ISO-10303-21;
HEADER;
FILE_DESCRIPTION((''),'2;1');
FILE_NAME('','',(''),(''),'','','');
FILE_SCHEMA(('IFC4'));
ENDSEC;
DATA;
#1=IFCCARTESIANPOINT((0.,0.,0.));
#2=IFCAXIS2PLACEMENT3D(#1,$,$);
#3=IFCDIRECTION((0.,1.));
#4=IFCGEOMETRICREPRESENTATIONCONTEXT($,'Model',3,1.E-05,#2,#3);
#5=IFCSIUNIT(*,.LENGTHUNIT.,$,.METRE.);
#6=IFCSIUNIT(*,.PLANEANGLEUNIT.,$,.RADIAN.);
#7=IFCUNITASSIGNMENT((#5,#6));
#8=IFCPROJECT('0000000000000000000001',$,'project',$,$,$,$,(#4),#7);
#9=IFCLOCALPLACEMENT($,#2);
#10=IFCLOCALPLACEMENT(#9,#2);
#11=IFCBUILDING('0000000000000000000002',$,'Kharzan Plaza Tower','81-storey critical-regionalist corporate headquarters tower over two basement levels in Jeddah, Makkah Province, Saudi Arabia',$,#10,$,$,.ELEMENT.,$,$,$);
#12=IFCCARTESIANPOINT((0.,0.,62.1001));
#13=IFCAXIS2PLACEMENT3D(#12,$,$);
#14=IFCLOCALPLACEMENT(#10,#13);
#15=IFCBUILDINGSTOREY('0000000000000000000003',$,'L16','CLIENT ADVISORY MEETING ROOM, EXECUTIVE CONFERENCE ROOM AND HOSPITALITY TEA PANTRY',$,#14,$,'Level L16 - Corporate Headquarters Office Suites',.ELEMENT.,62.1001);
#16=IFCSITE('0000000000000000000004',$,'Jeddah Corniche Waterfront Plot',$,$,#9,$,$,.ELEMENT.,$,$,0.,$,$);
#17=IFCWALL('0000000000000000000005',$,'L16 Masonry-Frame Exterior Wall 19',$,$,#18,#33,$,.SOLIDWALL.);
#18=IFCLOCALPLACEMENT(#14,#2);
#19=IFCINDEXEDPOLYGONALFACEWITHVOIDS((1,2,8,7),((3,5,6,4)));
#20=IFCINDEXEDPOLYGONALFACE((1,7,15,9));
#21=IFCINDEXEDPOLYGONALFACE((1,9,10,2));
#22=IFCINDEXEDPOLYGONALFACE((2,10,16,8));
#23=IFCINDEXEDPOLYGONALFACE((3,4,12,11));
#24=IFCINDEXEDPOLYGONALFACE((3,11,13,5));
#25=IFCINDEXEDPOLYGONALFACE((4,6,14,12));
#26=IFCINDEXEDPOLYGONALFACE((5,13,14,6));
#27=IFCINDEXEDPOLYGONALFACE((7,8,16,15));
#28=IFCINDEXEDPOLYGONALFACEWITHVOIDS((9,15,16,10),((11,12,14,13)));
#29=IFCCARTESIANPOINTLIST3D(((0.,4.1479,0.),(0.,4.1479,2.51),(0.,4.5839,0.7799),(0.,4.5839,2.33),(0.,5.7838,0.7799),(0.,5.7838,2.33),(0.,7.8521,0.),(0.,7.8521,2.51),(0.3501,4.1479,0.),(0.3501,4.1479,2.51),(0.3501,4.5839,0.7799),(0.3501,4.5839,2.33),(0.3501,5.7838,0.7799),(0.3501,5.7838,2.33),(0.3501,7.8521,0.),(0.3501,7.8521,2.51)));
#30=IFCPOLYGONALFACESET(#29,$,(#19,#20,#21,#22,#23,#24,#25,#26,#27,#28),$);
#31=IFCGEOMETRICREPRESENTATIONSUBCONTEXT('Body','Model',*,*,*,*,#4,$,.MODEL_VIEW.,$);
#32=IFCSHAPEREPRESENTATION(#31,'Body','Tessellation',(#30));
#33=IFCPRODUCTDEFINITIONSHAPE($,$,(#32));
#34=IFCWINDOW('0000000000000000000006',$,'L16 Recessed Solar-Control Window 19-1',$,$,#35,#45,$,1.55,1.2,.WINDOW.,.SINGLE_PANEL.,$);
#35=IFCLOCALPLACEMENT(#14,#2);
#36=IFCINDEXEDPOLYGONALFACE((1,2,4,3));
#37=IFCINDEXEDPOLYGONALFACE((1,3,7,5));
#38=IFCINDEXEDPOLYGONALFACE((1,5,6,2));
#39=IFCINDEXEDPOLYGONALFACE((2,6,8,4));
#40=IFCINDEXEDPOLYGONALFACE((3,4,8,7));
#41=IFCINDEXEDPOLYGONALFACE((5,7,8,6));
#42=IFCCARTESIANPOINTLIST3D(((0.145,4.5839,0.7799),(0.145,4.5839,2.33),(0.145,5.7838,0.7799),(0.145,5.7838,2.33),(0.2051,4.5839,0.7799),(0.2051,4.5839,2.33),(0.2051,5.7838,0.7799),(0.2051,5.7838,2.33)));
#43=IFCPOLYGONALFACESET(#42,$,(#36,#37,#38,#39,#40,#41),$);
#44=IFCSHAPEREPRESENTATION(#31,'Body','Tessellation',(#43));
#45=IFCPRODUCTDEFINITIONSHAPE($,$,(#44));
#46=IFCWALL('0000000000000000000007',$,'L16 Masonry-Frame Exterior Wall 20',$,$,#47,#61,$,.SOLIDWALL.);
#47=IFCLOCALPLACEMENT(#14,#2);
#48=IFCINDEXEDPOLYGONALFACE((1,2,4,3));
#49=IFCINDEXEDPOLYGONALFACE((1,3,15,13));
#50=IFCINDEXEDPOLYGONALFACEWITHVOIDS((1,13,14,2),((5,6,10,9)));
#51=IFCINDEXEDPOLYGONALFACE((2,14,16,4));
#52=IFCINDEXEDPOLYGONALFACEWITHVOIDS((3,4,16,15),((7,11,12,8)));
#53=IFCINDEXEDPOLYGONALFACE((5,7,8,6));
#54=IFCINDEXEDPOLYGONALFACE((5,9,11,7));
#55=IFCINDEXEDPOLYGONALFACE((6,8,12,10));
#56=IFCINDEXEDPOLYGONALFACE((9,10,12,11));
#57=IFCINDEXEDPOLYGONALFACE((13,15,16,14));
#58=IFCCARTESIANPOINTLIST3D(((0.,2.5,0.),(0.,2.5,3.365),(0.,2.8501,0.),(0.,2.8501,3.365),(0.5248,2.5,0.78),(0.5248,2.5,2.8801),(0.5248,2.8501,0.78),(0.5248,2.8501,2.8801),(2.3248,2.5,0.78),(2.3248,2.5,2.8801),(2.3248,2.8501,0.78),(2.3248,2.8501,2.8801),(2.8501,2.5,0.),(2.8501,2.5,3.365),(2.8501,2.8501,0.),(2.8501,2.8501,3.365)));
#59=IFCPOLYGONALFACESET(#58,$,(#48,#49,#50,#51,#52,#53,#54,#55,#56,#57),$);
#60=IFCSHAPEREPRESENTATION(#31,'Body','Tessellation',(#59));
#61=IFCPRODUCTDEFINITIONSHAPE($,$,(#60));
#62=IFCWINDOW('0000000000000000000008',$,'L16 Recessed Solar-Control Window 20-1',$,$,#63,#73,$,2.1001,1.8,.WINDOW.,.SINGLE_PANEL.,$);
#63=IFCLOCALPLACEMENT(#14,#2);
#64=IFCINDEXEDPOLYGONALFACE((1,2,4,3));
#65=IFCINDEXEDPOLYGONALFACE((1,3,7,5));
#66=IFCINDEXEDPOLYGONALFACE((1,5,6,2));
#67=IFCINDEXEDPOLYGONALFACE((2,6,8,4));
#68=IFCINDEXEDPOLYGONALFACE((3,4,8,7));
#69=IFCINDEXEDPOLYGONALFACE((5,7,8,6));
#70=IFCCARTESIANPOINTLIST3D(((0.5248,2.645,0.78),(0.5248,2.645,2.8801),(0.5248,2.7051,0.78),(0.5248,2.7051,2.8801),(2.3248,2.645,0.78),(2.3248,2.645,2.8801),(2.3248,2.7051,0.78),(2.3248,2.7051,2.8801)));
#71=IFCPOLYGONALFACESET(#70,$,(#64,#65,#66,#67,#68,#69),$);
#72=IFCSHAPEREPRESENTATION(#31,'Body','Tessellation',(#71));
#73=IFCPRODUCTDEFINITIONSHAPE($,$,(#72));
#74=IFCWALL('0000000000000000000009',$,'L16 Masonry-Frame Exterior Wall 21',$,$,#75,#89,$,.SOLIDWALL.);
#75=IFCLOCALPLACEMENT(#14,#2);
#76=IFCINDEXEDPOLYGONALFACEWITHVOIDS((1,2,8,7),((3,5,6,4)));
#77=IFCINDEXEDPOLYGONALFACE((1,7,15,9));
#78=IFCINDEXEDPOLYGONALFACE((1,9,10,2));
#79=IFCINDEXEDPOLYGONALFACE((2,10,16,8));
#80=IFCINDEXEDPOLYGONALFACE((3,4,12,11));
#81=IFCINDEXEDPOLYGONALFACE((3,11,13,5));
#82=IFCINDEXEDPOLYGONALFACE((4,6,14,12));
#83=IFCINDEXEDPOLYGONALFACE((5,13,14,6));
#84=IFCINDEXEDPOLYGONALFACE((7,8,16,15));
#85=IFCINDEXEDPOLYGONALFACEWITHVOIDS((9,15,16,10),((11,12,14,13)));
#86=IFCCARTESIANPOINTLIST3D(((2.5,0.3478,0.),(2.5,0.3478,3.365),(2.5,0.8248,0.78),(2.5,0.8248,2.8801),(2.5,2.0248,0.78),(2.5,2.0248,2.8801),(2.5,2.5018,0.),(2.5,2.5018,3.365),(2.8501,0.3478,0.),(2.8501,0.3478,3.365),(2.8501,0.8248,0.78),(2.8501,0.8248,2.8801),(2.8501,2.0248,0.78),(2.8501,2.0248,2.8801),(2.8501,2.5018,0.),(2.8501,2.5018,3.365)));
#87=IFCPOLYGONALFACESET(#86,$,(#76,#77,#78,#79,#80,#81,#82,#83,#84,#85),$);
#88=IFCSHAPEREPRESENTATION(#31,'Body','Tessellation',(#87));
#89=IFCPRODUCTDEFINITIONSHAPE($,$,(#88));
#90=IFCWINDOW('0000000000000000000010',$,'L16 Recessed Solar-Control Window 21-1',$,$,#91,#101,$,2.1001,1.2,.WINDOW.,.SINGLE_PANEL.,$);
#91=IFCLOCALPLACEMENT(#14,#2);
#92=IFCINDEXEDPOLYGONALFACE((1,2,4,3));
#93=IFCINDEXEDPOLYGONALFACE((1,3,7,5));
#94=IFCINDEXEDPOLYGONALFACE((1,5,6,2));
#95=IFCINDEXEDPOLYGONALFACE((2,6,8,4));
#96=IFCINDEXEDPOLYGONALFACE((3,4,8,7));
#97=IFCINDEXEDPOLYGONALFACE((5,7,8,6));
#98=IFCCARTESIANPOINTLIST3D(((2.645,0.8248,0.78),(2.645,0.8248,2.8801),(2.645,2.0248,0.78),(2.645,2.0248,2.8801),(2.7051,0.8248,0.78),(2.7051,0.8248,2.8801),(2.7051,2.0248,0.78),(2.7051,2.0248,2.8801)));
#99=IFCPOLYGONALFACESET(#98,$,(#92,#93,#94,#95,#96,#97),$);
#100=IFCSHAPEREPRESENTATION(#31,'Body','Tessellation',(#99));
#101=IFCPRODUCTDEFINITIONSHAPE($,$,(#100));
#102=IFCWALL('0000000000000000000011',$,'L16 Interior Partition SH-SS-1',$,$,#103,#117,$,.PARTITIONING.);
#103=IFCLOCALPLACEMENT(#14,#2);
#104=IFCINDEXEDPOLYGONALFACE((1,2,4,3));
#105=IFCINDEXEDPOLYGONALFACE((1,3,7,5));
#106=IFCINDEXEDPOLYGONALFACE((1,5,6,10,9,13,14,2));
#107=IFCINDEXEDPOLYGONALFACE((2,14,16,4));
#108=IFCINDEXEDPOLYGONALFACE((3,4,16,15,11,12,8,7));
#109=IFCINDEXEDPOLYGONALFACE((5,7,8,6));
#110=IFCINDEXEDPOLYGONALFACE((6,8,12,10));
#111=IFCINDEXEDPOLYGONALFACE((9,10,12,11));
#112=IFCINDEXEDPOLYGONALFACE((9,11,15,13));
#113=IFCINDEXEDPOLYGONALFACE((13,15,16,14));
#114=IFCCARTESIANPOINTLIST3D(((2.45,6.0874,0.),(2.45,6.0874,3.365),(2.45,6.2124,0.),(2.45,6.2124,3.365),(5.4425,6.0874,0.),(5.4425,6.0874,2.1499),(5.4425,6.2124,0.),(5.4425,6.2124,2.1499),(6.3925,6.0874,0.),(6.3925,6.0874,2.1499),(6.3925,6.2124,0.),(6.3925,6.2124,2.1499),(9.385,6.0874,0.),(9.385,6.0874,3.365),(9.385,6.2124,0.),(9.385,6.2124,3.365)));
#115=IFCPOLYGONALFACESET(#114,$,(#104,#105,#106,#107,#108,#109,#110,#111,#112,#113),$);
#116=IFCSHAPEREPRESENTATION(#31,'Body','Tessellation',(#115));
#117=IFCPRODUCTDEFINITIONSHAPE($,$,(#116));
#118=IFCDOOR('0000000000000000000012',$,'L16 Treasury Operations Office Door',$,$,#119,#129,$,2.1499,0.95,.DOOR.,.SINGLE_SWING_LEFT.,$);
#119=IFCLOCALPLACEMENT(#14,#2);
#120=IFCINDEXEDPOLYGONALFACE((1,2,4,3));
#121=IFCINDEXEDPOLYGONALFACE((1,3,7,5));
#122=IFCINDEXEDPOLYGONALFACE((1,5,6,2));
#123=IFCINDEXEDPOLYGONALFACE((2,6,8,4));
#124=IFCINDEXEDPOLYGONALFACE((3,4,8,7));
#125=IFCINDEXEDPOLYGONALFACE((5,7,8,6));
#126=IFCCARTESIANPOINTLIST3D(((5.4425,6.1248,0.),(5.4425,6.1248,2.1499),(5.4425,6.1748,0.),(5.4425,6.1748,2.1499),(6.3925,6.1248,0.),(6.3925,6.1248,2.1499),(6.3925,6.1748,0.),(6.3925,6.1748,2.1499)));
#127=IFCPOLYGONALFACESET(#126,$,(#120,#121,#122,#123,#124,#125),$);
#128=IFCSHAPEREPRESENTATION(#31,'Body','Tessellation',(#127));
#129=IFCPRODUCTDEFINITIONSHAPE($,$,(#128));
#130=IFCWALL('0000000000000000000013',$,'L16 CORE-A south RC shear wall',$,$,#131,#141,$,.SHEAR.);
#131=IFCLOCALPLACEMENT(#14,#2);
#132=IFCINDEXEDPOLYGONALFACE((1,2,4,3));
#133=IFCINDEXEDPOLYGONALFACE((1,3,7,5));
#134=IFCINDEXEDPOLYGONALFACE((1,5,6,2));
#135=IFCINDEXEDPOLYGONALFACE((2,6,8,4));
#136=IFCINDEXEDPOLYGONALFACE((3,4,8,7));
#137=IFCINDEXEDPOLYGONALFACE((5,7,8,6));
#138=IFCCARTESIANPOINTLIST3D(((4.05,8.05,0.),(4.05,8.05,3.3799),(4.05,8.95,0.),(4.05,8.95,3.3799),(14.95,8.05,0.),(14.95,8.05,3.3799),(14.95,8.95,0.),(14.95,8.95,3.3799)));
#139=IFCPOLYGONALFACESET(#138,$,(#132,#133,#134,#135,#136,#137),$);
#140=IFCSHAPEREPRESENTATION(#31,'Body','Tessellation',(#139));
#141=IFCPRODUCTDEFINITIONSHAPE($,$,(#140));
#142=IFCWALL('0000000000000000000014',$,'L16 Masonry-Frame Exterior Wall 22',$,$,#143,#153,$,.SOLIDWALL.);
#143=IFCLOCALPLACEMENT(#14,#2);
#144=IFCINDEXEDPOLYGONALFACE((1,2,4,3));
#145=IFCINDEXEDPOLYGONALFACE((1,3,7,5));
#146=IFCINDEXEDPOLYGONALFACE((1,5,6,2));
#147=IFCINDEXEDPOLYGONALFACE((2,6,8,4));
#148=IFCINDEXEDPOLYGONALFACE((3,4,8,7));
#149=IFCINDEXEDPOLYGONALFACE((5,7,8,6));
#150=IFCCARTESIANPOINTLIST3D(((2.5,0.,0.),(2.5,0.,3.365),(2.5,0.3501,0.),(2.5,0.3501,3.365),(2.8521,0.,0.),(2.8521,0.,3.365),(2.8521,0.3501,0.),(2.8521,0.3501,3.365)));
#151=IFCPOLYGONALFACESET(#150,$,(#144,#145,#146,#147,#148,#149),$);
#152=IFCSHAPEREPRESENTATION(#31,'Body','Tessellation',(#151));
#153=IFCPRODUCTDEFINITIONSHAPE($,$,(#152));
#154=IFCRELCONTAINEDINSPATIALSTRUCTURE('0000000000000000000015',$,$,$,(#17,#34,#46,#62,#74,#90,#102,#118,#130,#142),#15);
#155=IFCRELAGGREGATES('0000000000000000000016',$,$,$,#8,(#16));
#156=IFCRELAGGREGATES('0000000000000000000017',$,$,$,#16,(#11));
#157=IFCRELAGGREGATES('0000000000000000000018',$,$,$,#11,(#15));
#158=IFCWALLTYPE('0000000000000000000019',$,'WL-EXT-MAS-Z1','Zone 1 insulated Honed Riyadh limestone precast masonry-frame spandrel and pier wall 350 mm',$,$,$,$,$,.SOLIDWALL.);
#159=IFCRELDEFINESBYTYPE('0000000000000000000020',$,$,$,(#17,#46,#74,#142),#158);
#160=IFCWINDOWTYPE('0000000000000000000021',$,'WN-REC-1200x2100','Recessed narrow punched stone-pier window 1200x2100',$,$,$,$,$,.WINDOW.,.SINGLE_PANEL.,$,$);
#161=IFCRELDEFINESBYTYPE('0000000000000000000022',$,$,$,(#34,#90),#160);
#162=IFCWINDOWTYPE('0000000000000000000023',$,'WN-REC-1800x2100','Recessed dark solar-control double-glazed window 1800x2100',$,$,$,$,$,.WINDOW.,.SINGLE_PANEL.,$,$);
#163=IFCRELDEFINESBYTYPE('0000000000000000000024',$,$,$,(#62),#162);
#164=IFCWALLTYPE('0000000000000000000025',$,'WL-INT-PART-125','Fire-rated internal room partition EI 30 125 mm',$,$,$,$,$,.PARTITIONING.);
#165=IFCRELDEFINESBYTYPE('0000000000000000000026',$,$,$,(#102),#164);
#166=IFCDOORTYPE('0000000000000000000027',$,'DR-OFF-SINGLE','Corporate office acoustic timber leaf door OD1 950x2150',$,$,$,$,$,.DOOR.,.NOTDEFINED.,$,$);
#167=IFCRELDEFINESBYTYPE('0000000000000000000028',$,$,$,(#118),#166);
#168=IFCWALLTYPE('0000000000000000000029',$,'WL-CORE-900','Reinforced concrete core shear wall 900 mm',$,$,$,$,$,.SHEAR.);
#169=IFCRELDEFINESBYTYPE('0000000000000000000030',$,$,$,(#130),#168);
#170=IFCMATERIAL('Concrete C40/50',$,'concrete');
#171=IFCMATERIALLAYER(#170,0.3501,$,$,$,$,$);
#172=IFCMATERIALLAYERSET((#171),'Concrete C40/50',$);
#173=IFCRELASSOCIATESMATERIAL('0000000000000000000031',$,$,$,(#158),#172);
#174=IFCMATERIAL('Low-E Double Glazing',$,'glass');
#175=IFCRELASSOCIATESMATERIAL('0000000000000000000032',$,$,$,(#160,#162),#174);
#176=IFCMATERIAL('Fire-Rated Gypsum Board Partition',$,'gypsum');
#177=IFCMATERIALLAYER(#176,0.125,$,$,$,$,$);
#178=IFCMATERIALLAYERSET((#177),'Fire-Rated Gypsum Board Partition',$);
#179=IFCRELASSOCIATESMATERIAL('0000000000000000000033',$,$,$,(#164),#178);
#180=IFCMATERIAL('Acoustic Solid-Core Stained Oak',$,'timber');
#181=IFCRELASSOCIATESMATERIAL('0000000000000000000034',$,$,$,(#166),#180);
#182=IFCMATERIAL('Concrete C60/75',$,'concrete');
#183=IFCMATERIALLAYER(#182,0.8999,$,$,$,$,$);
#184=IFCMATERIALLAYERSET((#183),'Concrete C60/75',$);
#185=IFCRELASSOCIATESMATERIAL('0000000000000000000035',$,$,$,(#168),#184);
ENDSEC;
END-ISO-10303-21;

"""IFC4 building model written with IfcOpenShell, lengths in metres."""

from ifc_helpers import new_model, si_unit, direction, frame, frame_2d, origin, place, context, subcontext, project, spatial, rectangle, extrude, source, transform, mapped, material, layer, layer_set, type_object, element, fill, save


model = new_model("IFC4")

# Units and contexts
model_context = context("Model", 3, precision=1e-05, world=origin(), true_north=direction((0.0, 1.0)))
body_context = subcontext(model_context, "Body", "Model", "MODEL_VIEW")
ifc_project = project(units=[si_unit("LENGTHUNIT", "METRE"), si_unit("PLANEANGLEUNIT", "RADIAN")], contexts=[model_context])

# Site, building, storey
site_placement = place(None, origin())
site = spatial("IfcSite", under=ifc_project, at=site_placement, Name="Jeddah Corniche Waterfront Plot", CompositionType="ELEMENT", RefElevation=0.0)
building_placement = place(site_placement, origin())
building = spatial("IfcBuilding", under=site, at=building_placement, Name="Kharzan Plaza Tower", Description="81-storey critical-regionalist corporate headquarters tower over two basement levels in Jeddah, Makkah Province, Saudi Arabia", CompositionType="ELEMENT")
storey_placement = place(building_placement, frame((0.0, 0.0, 62.1001)))
storey = spatial("IfcBuildingStorey", under=building, at=storey_placement, Name="L16", Description="CLIENT ADVISORY MEETING ROOM, EXECUTIVE CONFERENCE ROOM AND HOSPITALITY TEA PANTRY", LongName="Level L16 - Corporate Headquarters Office Suites", CompositionType="ELEMENT", Elevation=62.1001)

# Shared definitions
ifc_material_1 = material(Name="Concrete C60/75", Category="concrete")

# Shared definitions
ifc_material_2 = material(Name="Concrete C40/50", Category="concrete")

# Walls, openings, windows
ifc_layer_1 = layer(ifc_material_2, 0.3501)
ifc_layer_set_1 = layer_set([ifc_layer_1], Name="Concrete C40/50")
wall_type_1 = type_object("IfcWallType", Name="WL-EXT-MAS-Z1", Description="Zone 1 insulated Honed Riyadh limestone precast masonry-frame spandrel and pier wall 350 mm", PredefinedType="SOLIDWALL", material=ifc_layer_set_1)
wall_1_placement = place(storey_placement, frame((0.175, 7.8521, 0.0), z_axis=(0.0, 0.0, 1.0), x_axis=(0.0, -1.0, 0.0)))
wall_1 = element("IfcWall", 1, at=wall_1_placement, inside=storey, type_object=wall_type_1, Name="L16 Masonry-Frame Exterior Wall 19", PredefinedType="SOLIDWALL", context=body_context, shape_type="SweptSolid", body=[
    extrude(rectangle(XDim=3.7041, YDim=0.3501, at=frame_2d((1.8521, 0.0))), origin(), (0.0, 0.0, 1.0), 2.51),
])
opening_1_placement = place(wall_1_placement, frame((2.0681, 0.0, 0.78)))
opening_1 = element("IfcOpeningElement", 2, at=opening_1_placement, cuts=wall_1, PredefinedType="OPENING", context=body_context, shape_type="SweptSolid", body=[
    extrude(rectangle(XDim=1.2, YDim=1.55, at=frame_2d((0.6001, 0.7749))), frame((0.0, 0.1851, 0.0), z_axis=(0.0, -1.0, 0.0), x_axis=(1.0, 0.0, 0.0)), (0.0, 0.0, 1.0), 0.3701),
])
ifc_material_3 = material(Name="Low-E Double Glazing", Category="glass")
window_type_1 = type_object("IfcWindowType", Name="WN-REC-1200x2100", Description="Recessed narrow punched stone-pier window 1200x2100", PartitioningType="SINGLE_PANEL", PredefinedType="WINDOW", material=ifc_material_3)
shared_shape_1 = source(origin(), body_context, "Body", "SweptSolid", [
    extrude(rectangle(XDim=1.2, YDim=1.55, at=frame_2d((0.6001, 0.7749))), frame((0.0, 0.03, 0.0), z_axis=(0.0, -1.0, 0.0), x_axis=(1.0, 0.0, 0.0)), (0.0, 0.0, 1.0), 0.0601),
])
window_1_placement = place(opening_1_placement, origin())
window_1 = element("IfcWindow", 3, at=window_1_placement, inside=storey, type_object=window_type_1, Name="L16 Recessed Solar-Control Window 19-1", OverallHeight=1.55, OverallWidth=1.2, PartitioningType="SINGLE_PANEL", PredefinedType="WINDOW", context=body_context, shape_type="MappedRepresentation", body=[
    mapped(shared_shape_1, transform((0.0, 0.0, 0.0), x_axis=(1.0, 0.0, 0.0), y_axis=(0.0, 1.0, 0.0), z_axis=(0.0, 0.0, 1.0))),
])
fill(opening_1, window_1)
wall_2_placement = place(storey_placement, frame((0.0, 2.675, 0.0), z_axis=(0.0, 0.0, 1.0), x_axis=(1.0, 0.0, 0.0)))
wall_2 = element("IfcWall", 4, at=wall_2_placement, inside=storey, type_object=wall_type_1, Name="L16 Masonry-Frame Exterior Wall 20", PredefinedType="SOLIDWALL", context=body_context, shape_type="SweptSolid", body=[
    extrude(rectangle(XDim=2.8501, YDim=0.3501, at=frame_2d((1.425, 0.0))), origin(), (0.0, 0.0, 1.0), 3.365),
])
opening_2_placement = place(wall_2_placement, frame((0.5249, 0.0, 0.78)))
opening_2 = element("IfcOpeningElement", 5, at=opening_2_placement, cuts=wall_2, PredefinedType="OPENING", context=body_context, shape_type="SweptSolid", body=[
    extrude(rectangle(XDim=1.8, YDim=2.1001, at=frame_2d((0.8999, 1.05))), frame((0.0, 0.1851, 0.0), z_axis=(0.0, -1.0, 0.0), x_axis=(1.0, 0.0, 0.0)), (0.0, 0.0, 1.0), 0.3701),
])
window_type_2 = type_object("IfcWindowType", Name="WN-REC-1800x2100", Description="Recessed dark solar-control double-glazed window 1800x2100", PartitioningType="SINGLE_PANEL", PredefinedType="WINDOW", material=ifc_material_3)
shared_shape_2 = source(origin(), body_context, "Body", "SweptSolid", [
    extrude(rectangle(XDim=1.8, YDim=2.1001, at=frame_2d((0.8999, 1.05))), frame((0.0, 0.03, 0.0), z_axis=(0.0, -1.0, 0.0), x_axis=(1.0, 0.0, 0.0)), (0.0, 0.0, 1.0), 0.0601),
])
window_2_placement = place(opening_2_placement, origin())
window_2 = element("IfcWindow", 6, at=window_2_placement, inside=storey, type_object=window_type_2, Name="L16 Recessed Solar-Control Window 20-1", OverallHeight=2.1001, OverallWidth=1.8, PartitioningType="SINGLE_PANEL", PredefinedType="WINDOW", context=body_context, shape_type="MappedRepresentation", body=[
    mapped(shared_shape_2, transform((0.0, 0.0, 0.0), x_axis=(1.0, 0.0, 0.0), y_axis=(0.0, 1.0, 0.0), z_axis=(0.0, 0.0, 1.0))),
])
fill(opening_2, window_2)
wall_3_placement = place(storey_placement, frame((2.675, 2.502, 0.0), z_axis=(0.0, 0.0, 1.0), x_axis=(0.0, -1.0, 0.0)))
wall_3 = element("IfcWall", 7, at=wall_3_placement, inside=storey, type_object=wall_type_1, Name="L16 Masonry-Frame Exterior Wall 21", PredefinedType="SOLIDWALL", context=body_context, shape_type="SweptSolid", body=[
    extrude(rectangle(XDim=2.1541, YDim=0.3501, at=frame_2d((1.0771, 0.0))), origin(), (0.0, 0.0, 1.0), 3.365),
])
opening_3_placement = place(wall_3_placement, frame((0.4771, 0.0, 0.78)))
opening_3 = element("IfcOpeningElement", 8, at=opening_3_placement, cuts=wall_3, PredefinedType="OPENING", context=body_context, shape_type="SweptSolid", body=[
    extrude(rectangle(XDim=1.2, YDim=2.1001, at=frame_2d((0.6001, 1.05))), frame((0.0, 0.1851, 0.0), z_axis=(0.0, -1.0, 0.0), x_axis=(1.0, 0.0, 0.0)), (0.0, 0.0, 1.0), 0.3701),
])
shared_shape_3 = source(origin(), body_context, "Body", "SweptSolid", [
    extrude(rectangle(XDim=1.2, YDim=2.1001, at=frame_2d((0.6001, 1.05))), frame((0.0, 0.03, 0.0), z_axis=(0.0, -1.0, 0.0), x_axis=(1.0, 0.0, 0.0)), (0.0, 0.0, 1.0), 0.0601),
])
window_3_placement = place(opening_3_placement, origin())
window_3 = element("IfcWindow", 9, at=window_3_placement, inside=storey, type_object=window_type_1, Name="L16 Recessed Solar-Control Window 21-1", OverallHeight=2.1001, OverallWidth=1.2, PartitioningType="SINGLE_PANEL", PredefinedType="WINDOW", context=body_context, shape_type="MappedRepresentation", body=[
    mapped(shared_shape_3, transform((0.0, 0.0, 0.0), x_axis=(1.0, 0.0, 0.0), y_axis=(0.0, 1.0, 0.0), z_axis=(0.0, 0.0, 1.0))),
])
fill(opening_3, window_3)

# Wall, opening, door
ifc_material_4 = material(Name="Fire-Rated Gypsum Board Partition", Category="gypsum")
ifc_layer_2 = layer(ifc_material_4, 0.125)
ifc_layer_set_2 = layer_set([ifc_layer_2], Name="Fire-Rated Gypsum Board Partition")
wall_type_2 = type_object("IfcWallType", Name="WL-INT-PART-125", Description="Fire-rated internal room partition EI 30 125 mm", PredefinedType="PARTITIONING", material=ifc_layer_set_2)
ifc_material_5 = material(Name="Acoustic Solid-Core Stained Oak", Category="timber")
door_type = type_object("IfcDoorType", Name="DR-OFF-SINGLE", Description="Corporate office acoustic timber leaf door OD1 950x2150", OperationType="NOTDEFINED", PredefinedType="DOOR", material=ifc_material_5)
shared_shape_4 = source(origin(), body_context, "Body", "SweptSolid", [
    extrude(rectangle(XDim=0.95, YDim=2.1499, at=frame_2d((0.4751, 1.075))), frame((0.0, 0.0249, 0.0), z_axis=(0.0, -1.0, 0.0), x_axis=(1.0, 0.0, 0.0)), (0.0, 0.0, 1.0), 0.05),
])
wall_4_placement = place(storey_placement, frame((2.45, 6.1499, 0.0), z_axis=(0.0, 0.0, 1.0), x_axis=(1.0, 0.0, 0.0)))
wall_4 = element("IfcWall", 10, at=wall_4_placement, inside=storey, type_object=wall_type_2, Name="L16 Interior Partition SH-SS-1", PredefinedType="PARTITIONING", context=body_context, shape_type="SweptSolid", body=[
    extrude(rectangle(XDim=6.9351, YDim=0.125, at=frame_2d((3.4675, 0.0))), origin(), (0.0, 0.0, 1.0), 3.365),
])
opening_4_placement = place(wall_4_placement, frame((2.9924, 0.0, 0.0)))
opening_4 = element("IfcOpeningElement", 11, at=opening_4_placement, cuts=wall_4, PredefinedType="OPENING", context=body_context, shape_type="SweptSolid", body=[
    extrude(rectangle(XDim=0.95, YDim=2.1499, at=frame_2d((0.4751, 1.075))), frame((0.0, 0.0725, 0.0), z_axis=(0.0, -1.0, 0.0), x_axis=(1.0, 0.0, 0.0)), (0.0, 0.0, 1.0), 0.145),
])
door_1_placement = place(opening_4_placement, origin())
door_1 = element("IfcDoor", 12, at=door_1_placement, inside=storey, type_object=door_type, Name="L16 Treasury Operations Office Door", OperationType="SINGLE_SWING_LEFT", OverallHeight=2.1499, OverallWidth=0.95, PredefinedType="DOOR", context=body_context, shape_type="MappedRepresentation", body=[
    mapped(shared_shape_4, transform((0.0, 0.0, 0.0), x_axis=(1.0, 0.0, 0.0), y_axis=(0.0, 1.0, 0.0), z_axis=(0.0, 0.0, 1.0))),
])
fill(opening_4, door_1)

# Walls
ifc_layer_3 = layer(ifc_material_1, 0.8999)
ifc_layer_set_3 = layer_set([ifc_layer_3], Name="Concrete C60/75")
wall_type_3 = type_object("IfcWallType", Name="WL-CORE-900", Description="Reinforced concrete core shear wall 900 mm", PredefinedType="SHEAR", material=ifc_layer_set_3)
shared_shape_5 = source(origin(), body_context, "Body", "SweptSolid", [
    extrude(rectangle(XDim=10.8999, YDim=0.8999, at=frame_2d((5.45, 0.0))), origin(), (0.0, 0.0, 1.0), 3.3799),
])
wall_5_placement = place(storey_placement, frame((4.05, 8.5, 0.0), z_axis=(0.0, 0.0, 1.0), x_axis=(1.0, 0.0, 0.0)))
element("IfcWall", 13, at=wall_5_placement, inside=storey, type_object=wall_type_3, Name="L16 CORE-A south RC shear wall", PredefinedType="SHEAR", context=body_context, shape_type="MappedRepresentation", body=[
    mapped(shared_shape_5, transform((0.0, 0.0, 0.0), x_axis=(1.0, 0.0, 0.0), y_axis=(0.0, 1.0, 0.0), z_axis=(0.0, 0.0, 1.0))),
])
shared_shape_6 = source(origin(), body_context, "Body", "SweptSolid", [
    extrude(rectangle(XDim=0.3521, YDim=0.3501, at=frame_2d((0.176, 0.0))), origin(), (0.0, 0.0, 1.0), 3.365),
])
wall_6_placement = place(storey_placement, frame((2.5, 0.175, 0.0), z_axis=(0.0, 0.0, 1.0), x_axis=(1.0, 0.0, 0.0)))
element("IfcWall", 14, at=wall_6_placement, inside=storey, type_object=wall_type_1, Name="L16 Masonry-Frame Exterior Wall 22", PredefinedType="SOLIDWALL", context=body_context, shape_type="MappedRepresentation", body=[
    mapped(shared_shape_6, transform((0.0, 0.0, 0.0), x_axis=(1.0, 0.0, 0.0), y_axis=(0.0, 1.0, 0.0), z_axis=(0.0, 0.0, 1.0))),
])

save(model, "model.ifc")
